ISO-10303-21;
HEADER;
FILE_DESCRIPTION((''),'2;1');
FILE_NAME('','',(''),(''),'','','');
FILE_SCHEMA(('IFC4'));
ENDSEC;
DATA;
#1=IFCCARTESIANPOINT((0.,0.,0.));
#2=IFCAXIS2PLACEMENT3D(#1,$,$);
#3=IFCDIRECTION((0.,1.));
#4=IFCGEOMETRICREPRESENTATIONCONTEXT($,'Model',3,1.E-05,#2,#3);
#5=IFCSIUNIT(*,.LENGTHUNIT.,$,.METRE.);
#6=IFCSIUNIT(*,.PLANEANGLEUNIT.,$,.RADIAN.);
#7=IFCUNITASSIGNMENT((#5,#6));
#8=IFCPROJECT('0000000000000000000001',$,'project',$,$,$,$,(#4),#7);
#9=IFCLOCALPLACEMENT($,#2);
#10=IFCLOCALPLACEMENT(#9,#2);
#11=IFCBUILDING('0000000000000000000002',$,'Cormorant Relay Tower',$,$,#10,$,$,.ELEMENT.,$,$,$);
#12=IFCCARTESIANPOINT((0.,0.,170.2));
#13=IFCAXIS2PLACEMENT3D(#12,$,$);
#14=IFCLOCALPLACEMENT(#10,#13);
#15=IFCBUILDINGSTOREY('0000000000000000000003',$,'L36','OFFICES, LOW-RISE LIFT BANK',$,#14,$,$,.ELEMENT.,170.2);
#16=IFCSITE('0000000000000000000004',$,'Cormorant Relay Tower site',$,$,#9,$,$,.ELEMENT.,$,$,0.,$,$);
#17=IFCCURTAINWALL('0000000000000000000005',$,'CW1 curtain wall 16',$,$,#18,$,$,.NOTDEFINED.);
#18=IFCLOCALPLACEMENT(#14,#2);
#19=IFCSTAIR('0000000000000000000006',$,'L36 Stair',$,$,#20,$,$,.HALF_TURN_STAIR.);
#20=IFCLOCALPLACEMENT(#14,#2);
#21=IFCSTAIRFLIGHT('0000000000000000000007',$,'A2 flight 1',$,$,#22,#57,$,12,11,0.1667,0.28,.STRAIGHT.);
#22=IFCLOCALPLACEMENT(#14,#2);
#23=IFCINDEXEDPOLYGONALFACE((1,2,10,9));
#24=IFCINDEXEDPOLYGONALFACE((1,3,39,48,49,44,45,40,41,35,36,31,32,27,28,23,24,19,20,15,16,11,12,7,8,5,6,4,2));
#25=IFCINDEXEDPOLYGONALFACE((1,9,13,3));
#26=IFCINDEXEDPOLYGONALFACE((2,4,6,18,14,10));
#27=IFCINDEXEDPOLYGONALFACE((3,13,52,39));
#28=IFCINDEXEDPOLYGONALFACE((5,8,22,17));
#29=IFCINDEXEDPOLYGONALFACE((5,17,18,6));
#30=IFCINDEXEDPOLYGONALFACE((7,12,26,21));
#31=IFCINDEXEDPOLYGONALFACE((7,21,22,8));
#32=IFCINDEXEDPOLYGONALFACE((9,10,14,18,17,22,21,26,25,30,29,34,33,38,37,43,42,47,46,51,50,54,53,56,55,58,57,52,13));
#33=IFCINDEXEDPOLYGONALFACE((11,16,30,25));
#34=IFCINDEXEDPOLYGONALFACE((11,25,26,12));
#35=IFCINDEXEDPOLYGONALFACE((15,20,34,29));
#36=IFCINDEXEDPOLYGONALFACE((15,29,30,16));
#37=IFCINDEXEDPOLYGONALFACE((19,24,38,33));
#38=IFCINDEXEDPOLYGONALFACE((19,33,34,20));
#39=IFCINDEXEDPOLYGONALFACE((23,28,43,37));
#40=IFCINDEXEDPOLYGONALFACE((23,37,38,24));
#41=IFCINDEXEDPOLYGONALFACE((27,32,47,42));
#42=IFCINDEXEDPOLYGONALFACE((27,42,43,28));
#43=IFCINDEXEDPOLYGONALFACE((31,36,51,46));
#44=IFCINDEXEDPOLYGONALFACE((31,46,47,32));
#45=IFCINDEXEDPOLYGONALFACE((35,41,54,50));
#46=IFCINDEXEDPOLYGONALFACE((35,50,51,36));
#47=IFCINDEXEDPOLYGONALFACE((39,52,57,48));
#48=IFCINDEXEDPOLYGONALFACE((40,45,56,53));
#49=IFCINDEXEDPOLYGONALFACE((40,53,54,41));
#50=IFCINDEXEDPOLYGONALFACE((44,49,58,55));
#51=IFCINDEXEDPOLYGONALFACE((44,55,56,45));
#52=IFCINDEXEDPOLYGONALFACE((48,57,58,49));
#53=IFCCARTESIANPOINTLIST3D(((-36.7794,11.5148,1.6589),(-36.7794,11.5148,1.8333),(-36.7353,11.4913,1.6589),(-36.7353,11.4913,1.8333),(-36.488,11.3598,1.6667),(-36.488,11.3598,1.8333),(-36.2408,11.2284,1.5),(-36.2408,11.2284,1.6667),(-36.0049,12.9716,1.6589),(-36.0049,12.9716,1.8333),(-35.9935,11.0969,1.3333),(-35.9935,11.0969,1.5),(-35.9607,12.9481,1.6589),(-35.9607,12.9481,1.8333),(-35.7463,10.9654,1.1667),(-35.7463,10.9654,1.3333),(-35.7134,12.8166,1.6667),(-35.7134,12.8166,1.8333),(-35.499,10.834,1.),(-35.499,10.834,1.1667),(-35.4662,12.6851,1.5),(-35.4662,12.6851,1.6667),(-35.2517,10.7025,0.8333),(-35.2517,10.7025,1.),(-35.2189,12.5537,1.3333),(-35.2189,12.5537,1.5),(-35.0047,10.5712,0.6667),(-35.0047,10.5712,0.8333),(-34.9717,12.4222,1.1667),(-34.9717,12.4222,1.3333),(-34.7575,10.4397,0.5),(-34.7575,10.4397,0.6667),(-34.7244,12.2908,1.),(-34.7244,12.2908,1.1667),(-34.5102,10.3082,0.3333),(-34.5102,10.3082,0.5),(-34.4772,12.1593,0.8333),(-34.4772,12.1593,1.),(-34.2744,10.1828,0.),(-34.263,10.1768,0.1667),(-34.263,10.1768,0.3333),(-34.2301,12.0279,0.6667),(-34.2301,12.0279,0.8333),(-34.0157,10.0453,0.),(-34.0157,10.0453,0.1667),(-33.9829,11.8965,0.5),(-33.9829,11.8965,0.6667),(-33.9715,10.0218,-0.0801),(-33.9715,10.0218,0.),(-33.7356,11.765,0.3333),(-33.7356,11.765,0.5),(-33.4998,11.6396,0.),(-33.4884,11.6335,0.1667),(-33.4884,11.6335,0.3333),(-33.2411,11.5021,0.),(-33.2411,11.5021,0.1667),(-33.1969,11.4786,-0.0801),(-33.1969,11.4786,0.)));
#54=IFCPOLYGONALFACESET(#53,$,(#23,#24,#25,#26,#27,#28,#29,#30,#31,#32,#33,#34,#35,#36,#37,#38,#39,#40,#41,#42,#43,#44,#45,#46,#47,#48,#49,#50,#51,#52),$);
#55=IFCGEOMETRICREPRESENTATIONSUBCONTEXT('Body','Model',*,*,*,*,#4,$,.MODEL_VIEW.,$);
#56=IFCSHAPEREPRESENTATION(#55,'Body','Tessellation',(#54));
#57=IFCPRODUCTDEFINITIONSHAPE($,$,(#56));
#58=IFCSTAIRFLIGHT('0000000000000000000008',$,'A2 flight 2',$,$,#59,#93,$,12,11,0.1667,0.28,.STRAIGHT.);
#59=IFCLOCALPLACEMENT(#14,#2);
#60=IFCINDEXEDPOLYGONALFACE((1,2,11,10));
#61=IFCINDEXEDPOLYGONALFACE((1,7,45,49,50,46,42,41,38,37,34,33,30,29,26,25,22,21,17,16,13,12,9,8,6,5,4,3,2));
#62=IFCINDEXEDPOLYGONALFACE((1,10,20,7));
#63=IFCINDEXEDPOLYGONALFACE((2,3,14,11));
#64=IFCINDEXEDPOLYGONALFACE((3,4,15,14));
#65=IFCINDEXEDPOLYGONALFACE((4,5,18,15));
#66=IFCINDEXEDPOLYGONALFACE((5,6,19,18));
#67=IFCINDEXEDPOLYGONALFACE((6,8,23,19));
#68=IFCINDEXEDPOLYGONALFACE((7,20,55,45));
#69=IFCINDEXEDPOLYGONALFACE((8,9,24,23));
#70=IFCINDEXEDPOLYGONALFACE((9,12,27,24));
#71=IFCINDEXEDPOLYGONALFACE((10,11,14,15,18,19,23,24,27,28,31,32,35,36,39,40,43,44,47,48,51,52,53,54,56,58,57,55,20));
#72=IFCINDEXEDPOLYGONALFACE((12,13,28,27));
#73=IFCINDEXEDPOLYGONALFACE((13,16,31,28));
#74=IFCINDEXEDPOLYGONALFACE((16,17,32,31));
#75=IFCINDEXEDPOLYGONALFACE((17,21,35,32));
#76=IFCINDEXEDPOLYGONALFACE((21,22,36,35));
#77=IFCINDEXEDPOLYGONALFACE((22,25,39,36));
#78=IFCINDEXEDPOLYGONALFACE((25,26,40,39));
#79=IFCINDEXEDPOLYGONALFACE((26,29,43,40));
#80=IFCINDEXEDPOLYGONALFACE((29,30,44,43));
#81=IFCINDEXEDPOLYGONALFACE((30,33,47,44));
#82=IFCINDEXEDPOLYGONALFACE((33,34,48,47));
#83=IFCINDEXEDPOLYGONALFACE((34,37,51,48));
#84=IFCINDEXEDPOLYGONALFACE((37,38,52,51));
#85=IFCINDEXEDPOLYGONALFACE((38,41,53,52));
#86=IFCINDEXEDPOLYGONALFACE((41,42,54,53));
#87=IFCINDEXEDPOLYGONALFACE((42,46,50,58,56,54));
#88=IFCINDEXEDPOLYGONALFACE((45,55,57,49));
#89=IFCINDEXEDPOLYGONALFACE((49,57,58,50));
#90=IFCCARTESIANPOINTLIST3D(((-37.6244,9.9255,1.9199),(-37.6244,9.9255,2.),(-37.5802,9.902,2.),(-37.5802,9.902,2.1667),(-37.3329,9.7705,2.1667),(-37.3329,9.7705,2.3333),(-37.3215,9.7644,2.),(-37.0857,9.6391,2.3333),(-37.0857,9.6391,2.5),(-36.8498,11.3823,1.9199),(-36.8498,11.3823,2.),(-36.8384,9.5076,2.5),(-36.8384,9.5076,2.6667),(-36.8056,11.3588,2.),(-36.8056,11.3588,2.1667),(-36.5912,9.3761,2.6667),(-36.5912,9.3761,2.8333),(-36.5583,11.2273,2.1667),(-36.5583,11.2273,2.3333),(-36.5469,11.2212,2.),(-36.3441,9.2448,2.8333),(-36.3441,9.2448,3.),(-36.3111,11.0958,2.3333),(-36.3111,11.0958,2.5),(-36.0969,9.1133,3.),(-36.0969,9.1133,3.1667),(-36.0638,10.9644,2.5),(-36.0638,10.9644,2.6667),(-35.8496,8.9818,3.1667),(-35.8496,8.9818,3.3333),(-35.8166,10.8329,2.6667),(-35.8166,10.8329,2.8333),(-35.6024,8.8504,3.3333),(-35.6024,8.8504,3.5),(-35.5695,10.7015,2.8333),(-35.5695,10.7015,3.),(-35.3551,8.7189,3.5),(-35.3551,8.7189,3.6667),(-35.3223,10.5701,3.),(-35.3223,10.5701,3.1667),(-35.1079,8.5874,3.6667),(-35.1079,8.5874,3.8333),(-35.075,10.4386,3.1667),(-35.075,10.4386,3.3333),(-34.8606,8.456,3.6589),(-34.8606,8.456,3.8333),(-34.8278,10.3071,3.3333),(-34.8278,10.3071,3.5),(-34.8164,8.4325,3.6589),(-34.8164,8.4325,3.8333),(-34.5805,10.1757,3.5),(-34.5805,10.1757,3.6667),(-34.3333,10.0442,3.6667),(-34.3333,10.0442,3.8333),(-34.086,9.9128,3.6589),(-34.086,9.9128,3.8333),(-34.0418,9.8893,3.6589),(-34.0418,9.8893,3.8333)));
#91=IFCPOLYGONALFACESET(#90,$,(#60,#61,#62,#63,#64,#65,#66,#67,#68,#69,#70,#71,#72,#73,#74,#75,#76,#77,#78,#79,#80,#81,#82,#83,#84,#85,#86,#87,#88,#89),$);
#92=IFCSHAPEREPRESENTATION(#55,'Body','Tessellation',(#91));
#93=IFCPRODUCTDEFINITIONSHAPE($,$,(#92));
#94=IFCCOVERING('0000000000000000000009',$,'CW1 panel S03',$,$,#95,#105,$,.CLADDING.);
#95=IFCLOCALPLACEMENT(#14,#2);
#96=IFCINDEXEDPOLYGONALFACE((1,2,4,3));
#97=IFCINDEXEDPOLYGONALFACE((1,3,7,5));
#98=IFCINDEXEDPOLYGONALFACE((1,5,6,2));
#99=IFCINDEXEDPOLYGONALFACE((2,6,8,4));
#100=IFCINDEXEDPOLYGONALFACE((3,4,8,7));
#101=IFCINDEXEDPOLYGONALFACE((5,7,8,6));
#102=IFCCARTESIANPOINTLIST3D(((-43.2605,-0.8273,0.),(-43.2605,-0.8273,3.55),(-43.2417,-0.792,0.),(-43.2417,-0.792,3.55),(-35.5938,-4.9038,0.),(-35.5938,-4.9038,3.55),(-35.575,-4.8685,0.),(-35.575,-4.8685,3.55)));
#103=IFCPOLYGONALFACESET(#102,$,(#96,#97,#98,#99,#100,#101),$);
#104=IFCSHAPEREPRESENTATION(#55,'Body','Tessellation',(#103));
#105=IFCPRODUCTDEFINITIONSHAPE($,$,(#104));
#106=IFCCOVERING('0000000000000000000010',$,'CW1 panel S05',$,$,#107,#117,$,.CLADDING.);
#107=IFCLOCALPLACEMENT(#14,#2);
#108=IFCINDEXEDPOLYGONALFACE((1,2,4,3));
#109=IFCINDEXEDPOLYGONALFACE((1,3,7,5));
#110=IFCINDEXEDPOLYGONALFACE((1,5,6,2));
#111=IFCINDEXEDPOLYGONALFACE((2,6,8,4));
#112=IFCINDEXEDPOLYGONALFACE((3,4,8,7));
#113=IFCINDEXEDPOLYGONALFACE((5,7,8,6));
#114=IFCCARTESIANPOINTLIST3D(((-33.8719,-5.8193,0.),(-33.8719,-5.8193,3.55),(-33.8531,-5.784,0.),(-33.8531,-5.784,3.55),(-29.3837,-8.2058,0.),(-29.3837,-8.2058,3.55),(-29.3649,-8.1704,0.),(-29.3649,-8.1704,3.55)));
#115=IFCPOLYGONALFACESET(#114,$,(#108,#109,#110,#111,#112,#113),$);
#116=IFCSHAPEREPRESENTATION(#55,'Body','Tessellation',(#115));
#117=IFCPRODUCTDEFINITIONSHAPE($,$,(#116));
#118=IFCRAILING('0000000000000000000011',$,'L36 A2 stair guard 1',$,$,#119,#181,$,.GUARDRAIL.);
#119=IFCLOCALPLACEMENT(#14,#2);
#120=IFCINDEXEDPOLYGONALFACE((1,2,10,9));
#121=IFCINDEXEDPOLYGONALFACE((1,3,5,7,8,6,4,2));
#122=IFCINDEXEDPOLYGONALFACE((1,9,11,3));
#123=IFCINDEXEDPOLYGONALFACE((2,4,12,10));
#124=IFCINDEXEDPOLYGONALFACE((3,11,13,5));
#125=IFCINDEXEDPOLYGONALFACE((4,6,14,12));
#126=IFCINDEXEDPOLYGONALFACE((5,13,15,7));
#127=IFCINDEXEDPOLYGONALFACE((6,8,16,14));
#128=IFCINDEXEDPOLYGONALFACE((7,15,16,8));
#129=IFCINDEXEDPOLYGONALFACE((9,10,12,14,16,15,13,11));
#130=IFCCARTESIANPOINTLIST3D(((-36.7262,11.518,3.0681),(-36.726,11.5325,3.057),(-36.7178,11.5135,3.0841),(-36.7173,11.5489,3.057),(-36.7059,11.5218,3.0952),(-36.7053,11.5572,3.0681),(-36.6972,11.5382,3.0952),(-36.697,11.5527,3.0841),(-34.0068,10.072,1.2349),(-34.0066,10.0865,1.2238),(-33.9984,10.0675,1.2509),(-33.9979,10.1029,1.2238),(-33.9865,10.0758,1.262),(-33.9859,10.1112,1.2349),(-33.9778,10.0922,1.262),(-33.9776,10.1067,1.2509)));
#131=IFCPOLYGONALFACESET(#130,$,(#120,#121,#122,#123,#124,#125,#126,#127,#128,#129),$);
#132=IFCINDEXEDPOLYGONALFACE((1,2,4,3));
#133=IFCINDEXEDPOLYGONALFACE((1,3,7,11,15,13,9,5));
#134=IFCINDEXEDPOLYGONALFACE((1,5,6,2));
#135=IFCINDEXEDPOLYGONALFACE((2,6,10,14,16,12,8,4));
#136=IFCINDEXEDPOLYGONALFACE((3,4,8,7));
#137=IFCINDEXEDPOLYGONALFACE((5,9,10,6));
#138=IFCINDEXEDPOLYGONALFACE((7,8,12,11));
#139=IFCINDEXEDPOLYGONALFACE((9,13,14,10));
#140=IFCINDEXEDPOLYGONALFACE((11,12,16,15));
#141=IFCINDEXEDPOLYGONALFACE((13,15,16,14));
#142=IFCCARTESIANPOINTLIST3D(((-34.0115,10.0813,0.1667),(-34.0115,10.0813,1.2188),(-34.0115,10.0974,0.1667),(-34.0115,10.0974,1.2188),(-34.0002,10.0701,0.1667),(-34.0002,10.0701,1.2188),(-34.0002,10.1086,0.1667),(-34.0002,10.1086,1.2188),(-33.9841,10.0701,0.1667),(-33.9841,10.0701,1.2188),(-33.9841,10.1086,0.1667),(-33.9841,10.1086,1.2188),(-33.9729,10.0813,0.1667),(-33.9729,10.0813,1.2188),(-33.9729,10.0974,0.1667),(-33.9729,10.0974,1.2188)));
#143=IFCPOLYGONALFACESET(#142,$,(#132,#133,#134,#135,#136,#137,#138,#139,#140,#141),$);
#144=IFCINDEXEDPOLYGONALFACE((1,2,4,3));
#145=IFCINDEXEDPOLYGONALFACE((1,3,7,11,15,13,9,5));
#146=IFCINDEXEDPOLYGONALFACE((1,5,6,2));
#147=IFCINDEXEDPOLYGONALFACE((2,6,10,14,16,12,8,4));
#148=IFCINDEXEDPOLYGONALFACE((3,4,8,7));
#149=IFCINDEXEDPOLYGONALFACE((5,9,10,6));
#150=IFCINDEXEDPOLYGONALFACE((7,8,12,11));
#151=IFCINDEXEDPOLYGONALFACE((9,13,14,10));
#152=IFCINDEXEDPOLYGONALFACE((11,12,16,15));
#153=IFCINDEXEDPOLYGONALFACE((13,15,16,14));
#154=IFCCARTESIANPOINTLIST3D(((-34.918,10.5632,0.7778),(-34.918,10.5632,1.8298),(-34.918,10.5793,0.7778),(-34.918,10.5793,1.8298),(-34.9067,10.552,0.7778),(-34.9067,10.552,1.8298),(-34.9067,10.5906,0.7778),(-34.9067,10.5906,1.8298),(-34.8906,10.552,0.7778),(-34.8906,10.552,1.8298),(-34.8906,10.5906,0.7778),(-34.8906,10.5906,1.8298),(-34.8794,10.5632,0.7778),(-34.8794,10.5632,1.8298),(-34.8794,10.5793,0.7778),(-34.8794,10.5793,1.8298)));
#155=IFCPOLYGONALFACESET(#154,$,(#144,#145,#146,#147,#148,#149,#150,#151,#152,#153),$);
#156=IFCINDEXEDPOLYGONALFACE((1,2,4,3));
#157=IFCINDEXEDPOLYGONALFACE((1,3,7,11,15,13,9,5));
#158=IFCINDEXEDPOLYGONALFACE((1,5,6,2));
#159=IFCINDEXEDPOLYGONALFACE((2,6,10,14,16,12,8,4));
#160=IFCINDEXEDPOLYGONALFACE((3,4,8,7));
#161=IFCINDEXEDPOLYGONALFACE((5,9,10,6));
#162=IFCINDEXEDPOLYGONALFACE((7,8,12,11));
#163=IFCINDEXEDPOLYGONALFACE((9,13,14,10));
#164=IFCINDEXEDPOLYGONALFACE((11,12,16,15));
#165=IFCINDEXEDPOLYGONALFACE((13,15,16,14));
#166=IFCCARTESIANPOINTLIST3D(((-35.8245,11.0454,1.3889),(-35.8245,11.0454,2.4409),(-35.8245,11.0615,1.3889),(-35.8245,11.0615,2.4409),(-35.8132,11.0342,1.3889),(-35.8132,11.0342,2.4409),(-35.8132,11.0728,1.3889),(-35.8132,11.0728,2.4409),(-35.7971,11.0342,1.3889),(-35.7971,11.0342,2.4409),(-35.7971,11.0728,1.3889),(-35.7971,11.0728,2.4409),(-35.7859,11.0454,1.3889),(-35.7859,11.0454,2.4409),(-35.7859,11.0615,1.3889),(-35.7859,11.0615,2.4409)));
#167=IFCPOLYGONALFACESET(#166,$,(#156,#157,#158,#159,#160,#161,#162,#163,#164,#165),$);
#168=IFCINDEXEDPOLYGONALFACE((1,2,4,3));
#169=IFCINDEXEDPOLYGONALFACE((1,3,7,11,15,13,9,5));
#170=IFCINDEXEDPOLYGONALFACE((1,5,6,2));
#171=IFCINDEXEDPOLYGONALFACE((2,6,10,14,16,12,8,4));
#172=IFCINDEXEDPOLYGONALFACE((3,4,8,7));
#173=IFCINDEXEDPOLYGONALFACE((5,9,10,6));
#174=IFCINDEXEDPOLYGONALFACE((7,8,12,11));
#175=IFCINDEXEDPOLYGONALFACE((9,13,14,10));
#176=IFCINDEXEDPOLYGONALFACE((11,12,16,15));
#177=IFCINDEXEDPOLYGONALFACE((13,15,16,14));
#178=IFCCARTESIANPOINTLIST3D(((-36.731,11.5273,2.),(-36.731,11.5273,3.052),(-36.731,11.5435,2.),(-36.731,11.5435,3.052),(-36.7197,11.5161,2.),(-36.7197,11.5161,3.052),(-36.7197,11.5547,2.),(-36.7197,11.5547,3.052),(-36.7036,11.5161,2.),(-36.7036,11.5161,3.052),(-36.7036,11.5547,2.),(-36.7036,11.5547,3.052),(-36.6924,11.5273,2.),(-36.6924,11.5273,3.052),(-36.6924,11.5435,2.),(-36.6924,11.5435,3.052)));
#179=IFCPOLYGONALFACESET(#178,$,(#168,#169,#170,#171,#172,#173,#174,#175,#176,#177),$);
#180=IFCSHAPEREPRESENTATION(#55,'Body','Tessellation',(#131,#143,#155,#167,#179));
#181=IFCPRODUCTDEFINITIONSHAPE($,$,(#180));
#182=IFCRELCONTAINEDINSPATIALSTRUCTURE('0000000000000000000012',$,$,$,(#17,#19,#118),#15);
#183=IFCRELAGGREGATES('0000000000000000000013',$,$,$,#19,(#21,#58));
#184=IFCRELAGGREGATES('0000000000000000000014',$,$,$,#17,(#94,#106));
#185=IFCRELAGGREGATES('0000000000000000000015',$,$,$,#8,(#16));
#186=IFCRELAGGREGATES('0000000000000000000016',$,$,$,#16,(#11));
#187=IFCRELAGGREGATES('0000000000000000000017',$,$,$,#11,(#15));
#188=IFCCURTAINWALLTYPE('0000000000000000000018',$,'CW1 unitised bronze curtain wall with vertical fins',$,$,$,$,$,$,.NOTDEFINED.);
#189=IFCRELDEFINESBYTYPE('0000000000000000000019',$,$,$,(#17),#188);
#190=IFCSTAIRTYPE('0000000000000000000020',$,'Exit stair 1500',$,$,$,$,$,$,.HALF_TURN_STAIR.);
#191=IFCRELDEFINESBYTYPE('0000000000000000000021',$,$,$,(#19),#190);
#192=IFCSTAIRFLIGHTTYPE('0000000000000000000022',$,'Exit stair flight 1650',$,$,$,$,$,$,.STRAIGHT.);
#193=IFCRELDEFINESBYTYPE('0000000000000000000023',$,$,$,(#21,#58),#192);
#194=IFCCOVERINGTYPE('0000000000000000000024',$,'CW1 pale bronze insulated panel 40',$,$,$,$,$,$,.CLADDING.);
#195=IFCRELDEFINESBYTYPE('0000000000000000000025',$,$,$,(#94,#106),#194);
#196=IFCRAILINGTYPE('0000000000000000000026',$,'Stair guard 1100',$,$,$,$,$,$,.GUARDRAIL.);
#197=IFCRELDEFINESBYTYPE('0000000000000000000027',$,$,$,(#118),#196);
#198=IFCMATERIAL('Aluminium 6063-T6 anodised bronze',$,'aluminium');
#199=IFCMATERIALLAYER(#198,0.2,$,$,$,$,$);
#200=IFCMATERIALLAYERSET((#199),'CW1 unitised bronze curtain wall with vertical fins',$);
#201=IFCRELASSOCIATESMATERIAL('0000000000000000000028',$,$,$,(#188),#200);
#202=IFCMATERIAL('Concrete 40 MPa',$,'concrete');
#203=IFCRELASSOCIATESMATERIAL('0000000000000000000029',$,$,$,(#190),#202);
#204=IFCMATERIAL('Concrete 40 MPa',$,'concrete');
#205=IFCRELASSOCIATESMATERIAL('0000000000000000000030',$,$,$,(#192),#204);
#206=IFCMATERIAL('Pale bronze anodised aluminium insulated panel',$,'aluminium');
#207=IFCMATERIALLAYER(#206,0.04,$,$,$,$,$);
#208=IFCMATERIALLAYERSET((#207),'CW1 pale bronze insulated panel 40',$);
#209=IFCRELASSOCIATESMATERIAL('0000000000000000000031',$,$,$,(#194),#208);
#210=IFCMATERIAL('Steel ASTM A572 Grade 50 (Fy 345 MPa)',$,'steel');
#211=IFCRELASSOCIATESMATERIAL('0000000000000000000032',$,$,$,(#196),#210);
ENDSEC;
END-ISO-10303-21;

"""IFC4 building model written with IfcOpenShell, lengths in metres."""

from ifc_helpers import new_model, si_unit, direction, frame, origin, origin_2d, place, context, subcontext, project, spatial, polyline, rectangle, outline, extrude, material, layer, layer_set, type_object, element, aggregate, save


model = new_model("IFC4")

# Units and contexts
model_context = context("Model", 3, precision=1e-05, world=origin(), true_north=direction((0.0, 1.0)))
body_context = subcontext(model_context, "Body", "Model", "MODEL_VIEW")
ifc_project = project(units=[si_unit("LENGTHUNIT", "METRE"), si_unit("PLANEANGLEUNIT", "RADIAN")], contexts=[model_context])

# Site, building, storey
site_placement = place(None, origin())
site = spatial("IfcSite", under=ifc_project, at=site_placement, Name="Cormorant Relay Tower site", CompositionType="ELEMENT", RefElevation=0.0)
building_placement = place(site_placement, origin())
building = spatial("IfcBuilding", under=site, at=building_placement, Name="Cormorant Relay Tower", CompositionType="ELEMENT")
storey_placement = place(building_placement, frame((0.0, 0.0, 170.2)))
storey = spatial("IfcBuildingStorey", under=building, at=storey_placement, Name="L36", Description="OFFICES, LOW-RISE LIFT BANK", CompositionType="ELEMENT", Elevation=170.2)

# Curtain wall
ifc_material_1 = material(Name="Aluminium 6063-T6 anodised bronze", Category="aluminium")
ifc_layer_1 = layer(ifc_material_1, 0.2)
ifc_layer_set_1 = layer_set([ifc_layer_1], Name="CW1 unitised bronze curtain wall with vertical fins")
curtain_wall_type = type_object("IfcCurtainWallType", Name="CW1 unitised bronze curtain wall with vertical fins", PredefinedType="NOTDEFINED", material=ifc_layer_set_1)
curtain_wall_placement = place(storey_placement, origin())
curtain_wall = element("IfcCurtainWall", 1, at=curtain_wall_placement, inside=storey, type_object=curtain_wall_type, Name="CW1 curtain wall 16", PredefinedType="NOTDEFINED")

# Stair, stair flights
ifc_material_2 = material(Name="Concrete 40 MPa", Category="concrete")
stair_type = type_object("IfcStairType", Name="Exit stair 1500", PredefinedType="HALF_TURN_STAIR", material=ifc_material_2)
stair_placement = place(storey_placement, origin())
stair = element("IfcStair", 2, at=stair_placement, inside=storey, type_object=stair_type, Name="L36 Stair", PredefinedType="HALF_TURN_STAIR")
ifc_material_3 = material(Name="Concrete 40 MPa", Category="concrete")
stair_flight_type = type_object("IfcStairFlightType", Name="Exit stair flight 1650", PredefinedType="STRAIGHT", material=ifc_material_3)
stair_flight_1_placement = place(storey_placement, frame((-33.6284, 10.7737, 0.0), z_axis=(0.0, 0.0, 1.0), x_axis=(-0.882948, 0.469472, 0.0)))
stair_flight_1 = element("IfcStairFlight", 3, at=stair_flight_1_placement, type_object=stair_flight_type, Name="A2 flight 1", NumberOfRisers=12, NumberOfTreads=11, PredefinedType="STRAIGHT", RiserHeight=0.1667, TreadLength=0.28, context=body_context, shape_type="SweptSolid", body=[
    extrude(outline(polyline([(-0.05, -0.0801), (-0.05, 0.0), (0.0, 0.0), (0.0, 0.1667), (0.28, 0.1667), (0.28, 0.3333), (0.5601, 0.3333), (0.5601, 0.5), (0.8401, 0.5), (0.8401, 0.6667), (1.1201, 0.6667), (1.1201, 0.8333), (1.3999, 0.8333), (1.3999, 1.0), (1.6799, 1.0), (1.6799, 1.1667), (1.96, 1.1667), (1.96, 1.3333), (2.24, 1.3333), (2.24, 1.5), (2.52, 1.5), (2.52, 1.6667), (2.8, 1.6667), (2.8, 1.8333), (3.0801, 1.8333), (3.1301, 1.8333), (3.1301, 1.6589), (3.0801, 1.6589), (0.293, 0.0), (-0.05, -0.0801)])), frame((0.0, 0.825, 0.0), z_axis=(0.0, -1.0, 0.0), x_axis=(1.0, 0.0, 0.0)), (0.0, 0.0, 1.0), 1.6499),
])
stair_flight_2_placement = place(storey_placement, frame((-37.1929, 10.6304, 2.0), z_axis=(0.0, 0.0, 1.0), x_axis=(0.882948, -0.469472, 0.0)))
stair_flight_2 = element("IfcStairFlight", 4, at=stair_flight_2_placement, type_object=stair_flight_type, Name="A2 flight 2", NumberOfRisers=12, NumberOfTreads=11, PredefinedType="STRAIGHT", RiserHeight=0.1667, TreadLength=0.28, context=body_context, shape_type="SweptSolid", body=[
    extrude(outline(polyline([(-0.05, -0.0801), (-0.05, 0.0), (0.0, 0.0), (0.0, 0.1667), (0.28, 0.1667), (0.28, 0.3333), (0.5601, 0.3333), (0.5601, 0.5), (0.8401, 0.5), (0.8401, 0.6667), (1.1201, 0.6667), (1.1201, 0.8333), (1.3999, 0.8333), (1.3999, 1.0), (1.6799, 1.0), (1.6799, 1.1667), (1.96, 1.1667), (1.96, 1.3333), (2.24, 1.3333), (2.24, 1.5), (2.52, 1.5), (2.52, 1.6667), (2.8, 1.6667), (2.8, 1.8333), (3.0801, 1.8333), (3.1301, 1.8333), (3.1301, 1.6589), (3.0801, 1.6589), (0.293, 0.0), (-0.05, -0.0801)])), frame((0.0, 0.825, 0.0), z_axis=(0.0, -1.0, 0.0), x_axis=(1.0, 0.0, 0.0)), (0.0, 0.0, 1.0), 1.6499),
])
aggregate(stair, [stair_flight_1, stair_flight_2])

# Coverings
ifc_material_4 = material(Name="Pale bronze anodised aluminium insulated panel", Category="aluminium")
ifc_layer_2 = layer(ifc_material_4, 0.04)
ifc_layer_set_2 = layer_set([ifc_layer_2], Name="CW1 pale bronze insulated panel 40")
covering_type = type_object("IfcCoveringType", Name="CW1 pale bronze insulated panel 40", PredefinedType="CLADDING", material=ifc_layer_set_2)
covering_1_placement = place(storey_placement, frame((-39.4177, -2.8479, 0.0), z_axis=(0.0, 0.0, 1.0), x_axis=(0.882948, -0.469472, 0.0)))
covering_1 = element("IfcCovering", 5, at=covering_1_placement, type_object=covering_type, Name="CW1 panel S03", PredefinedType="CLADDING", context=body_context, shape_type="SweptSolid", body=[
    extrude(rectangle(XDim=8.6831, YDim=0.04, at=origin_2d()), origin(), (0.0, 0.0, 1.0), 3.55),
])
covering_2_placement = place(storey_placement, frame((-31.6184, -6.9949, 0.0), z_axis=(0.0, 0.0, 1.0), x_axis=(0.882948, -0.469472, 0.0)))
covering_2 = element("IfcCovering", 6, at=covering_2_placement, type_object=covering_type, Name="CW1 panel S05", PredefinedType="CLADDING", context=body_context, shape_type="SweptSolid", body=[
    extrude(rectangle(XDim=5.0833, YDim=0.04, at=origin_2d()), origin(), (0.0, 0.0, 1.0), 3.55),
])
aggregate(curtain_wall, [covering_1, covering_2])

# Railing
ifc_material_5 = material(Name="Steel ASTM A572 Grade 50 (Fy 345 MPa)", Category="steel")
railing_type_1 = type_object("IfcRailingType", Name="Stair guard 1100", PredefinedType="GUARDRAIL", material=ifc_material_5)
railing_1_placement = place(storey_placement, frame((-33.9922, 10.0894, 0.1667)))
element("IfcRailing", 7, at=railing_1_placement, inside=storey, type_object=railing_type_1, Name="L36 A2 stair guard 1", PredefinedType="GUARDRAIL", context=body_context, shape_type="SweptSolid", body=[
    extrude(outline(polyline([(0.0222, 0.0093), (0.0093, 0.0222), (-0.0093, 0.0222), (-0.0222, 0.0093), (-0.0222, -0.0093), (-0.0093, -0.0222), (0.0093, -0.0222), (0.0222, -0.0093), (0.0222, 0.0093)])), frame((0.0, 0.0, 1.0762), z_axis=(-0.758714, 0.403435, 0.511463), x_axis=(-0.469489, -0.882938, 0.0)), (0.0, 0.0, 1.0), 3.5842),
    extrude(outline(polyline([(0.0193, 0.0081), (0.0081, 0.0193), (-0.0081, 0.0193), (-0.0193, 0.0081), (-0.0193, -0.0081), (-0.0081, -0.0193), (0.0081, -0.0193), (0.0193, -0.0081), (0.0193, 0.0081)])), origin(), (0.0, 0.0, 1.0), 1.052),
    extrude(outline(polyline([(0.0193, 0.0081), (0.0081, 0.0193), (-0.0081, 0.0193), (-0.0193, 0.0081), (-0.0193, -0.0081), (-0.0081, -0.0193), (0.0081, -0.0193), (0.0193, -0.0081), (0.0193, 0.0081)])), frame((-0.9065, 0.4819, 0.6111)), (0.0, 0.0, 1.0), 1.052),
    extrude(outline(polyline([(0.0193, 0.0081), (0.0081, 0.0193), (-0.0081, 0.0193), (-0.0193, 0.0081), (-0.0193, -0.0081), (-0.0081, -0.0193), (0.0081, -0.0193), (0.0193, -0.0081), (0.0193, 0.0081)])), frame((-1.813, 0.9641, 1.2222)), (0.0, 0.0, 1.0), 1.052),
    extrude(outline(polyline([(0.0193, 0.0081), (0.0081, 0.0193), (-0.0081, 0.0193), (-0.0193, 0.0081), (-0.0193, -0.0081), (-0.0081, -0.0193), (0.0081, -0.0193), (0.0193, -0.0081), (0.0193, 0.0081)])), frame((-2.7195, 1.446, 1.8333)), (0.0, 0.0, 1.0), 1.052),
])

save(model, "model.ifc")
